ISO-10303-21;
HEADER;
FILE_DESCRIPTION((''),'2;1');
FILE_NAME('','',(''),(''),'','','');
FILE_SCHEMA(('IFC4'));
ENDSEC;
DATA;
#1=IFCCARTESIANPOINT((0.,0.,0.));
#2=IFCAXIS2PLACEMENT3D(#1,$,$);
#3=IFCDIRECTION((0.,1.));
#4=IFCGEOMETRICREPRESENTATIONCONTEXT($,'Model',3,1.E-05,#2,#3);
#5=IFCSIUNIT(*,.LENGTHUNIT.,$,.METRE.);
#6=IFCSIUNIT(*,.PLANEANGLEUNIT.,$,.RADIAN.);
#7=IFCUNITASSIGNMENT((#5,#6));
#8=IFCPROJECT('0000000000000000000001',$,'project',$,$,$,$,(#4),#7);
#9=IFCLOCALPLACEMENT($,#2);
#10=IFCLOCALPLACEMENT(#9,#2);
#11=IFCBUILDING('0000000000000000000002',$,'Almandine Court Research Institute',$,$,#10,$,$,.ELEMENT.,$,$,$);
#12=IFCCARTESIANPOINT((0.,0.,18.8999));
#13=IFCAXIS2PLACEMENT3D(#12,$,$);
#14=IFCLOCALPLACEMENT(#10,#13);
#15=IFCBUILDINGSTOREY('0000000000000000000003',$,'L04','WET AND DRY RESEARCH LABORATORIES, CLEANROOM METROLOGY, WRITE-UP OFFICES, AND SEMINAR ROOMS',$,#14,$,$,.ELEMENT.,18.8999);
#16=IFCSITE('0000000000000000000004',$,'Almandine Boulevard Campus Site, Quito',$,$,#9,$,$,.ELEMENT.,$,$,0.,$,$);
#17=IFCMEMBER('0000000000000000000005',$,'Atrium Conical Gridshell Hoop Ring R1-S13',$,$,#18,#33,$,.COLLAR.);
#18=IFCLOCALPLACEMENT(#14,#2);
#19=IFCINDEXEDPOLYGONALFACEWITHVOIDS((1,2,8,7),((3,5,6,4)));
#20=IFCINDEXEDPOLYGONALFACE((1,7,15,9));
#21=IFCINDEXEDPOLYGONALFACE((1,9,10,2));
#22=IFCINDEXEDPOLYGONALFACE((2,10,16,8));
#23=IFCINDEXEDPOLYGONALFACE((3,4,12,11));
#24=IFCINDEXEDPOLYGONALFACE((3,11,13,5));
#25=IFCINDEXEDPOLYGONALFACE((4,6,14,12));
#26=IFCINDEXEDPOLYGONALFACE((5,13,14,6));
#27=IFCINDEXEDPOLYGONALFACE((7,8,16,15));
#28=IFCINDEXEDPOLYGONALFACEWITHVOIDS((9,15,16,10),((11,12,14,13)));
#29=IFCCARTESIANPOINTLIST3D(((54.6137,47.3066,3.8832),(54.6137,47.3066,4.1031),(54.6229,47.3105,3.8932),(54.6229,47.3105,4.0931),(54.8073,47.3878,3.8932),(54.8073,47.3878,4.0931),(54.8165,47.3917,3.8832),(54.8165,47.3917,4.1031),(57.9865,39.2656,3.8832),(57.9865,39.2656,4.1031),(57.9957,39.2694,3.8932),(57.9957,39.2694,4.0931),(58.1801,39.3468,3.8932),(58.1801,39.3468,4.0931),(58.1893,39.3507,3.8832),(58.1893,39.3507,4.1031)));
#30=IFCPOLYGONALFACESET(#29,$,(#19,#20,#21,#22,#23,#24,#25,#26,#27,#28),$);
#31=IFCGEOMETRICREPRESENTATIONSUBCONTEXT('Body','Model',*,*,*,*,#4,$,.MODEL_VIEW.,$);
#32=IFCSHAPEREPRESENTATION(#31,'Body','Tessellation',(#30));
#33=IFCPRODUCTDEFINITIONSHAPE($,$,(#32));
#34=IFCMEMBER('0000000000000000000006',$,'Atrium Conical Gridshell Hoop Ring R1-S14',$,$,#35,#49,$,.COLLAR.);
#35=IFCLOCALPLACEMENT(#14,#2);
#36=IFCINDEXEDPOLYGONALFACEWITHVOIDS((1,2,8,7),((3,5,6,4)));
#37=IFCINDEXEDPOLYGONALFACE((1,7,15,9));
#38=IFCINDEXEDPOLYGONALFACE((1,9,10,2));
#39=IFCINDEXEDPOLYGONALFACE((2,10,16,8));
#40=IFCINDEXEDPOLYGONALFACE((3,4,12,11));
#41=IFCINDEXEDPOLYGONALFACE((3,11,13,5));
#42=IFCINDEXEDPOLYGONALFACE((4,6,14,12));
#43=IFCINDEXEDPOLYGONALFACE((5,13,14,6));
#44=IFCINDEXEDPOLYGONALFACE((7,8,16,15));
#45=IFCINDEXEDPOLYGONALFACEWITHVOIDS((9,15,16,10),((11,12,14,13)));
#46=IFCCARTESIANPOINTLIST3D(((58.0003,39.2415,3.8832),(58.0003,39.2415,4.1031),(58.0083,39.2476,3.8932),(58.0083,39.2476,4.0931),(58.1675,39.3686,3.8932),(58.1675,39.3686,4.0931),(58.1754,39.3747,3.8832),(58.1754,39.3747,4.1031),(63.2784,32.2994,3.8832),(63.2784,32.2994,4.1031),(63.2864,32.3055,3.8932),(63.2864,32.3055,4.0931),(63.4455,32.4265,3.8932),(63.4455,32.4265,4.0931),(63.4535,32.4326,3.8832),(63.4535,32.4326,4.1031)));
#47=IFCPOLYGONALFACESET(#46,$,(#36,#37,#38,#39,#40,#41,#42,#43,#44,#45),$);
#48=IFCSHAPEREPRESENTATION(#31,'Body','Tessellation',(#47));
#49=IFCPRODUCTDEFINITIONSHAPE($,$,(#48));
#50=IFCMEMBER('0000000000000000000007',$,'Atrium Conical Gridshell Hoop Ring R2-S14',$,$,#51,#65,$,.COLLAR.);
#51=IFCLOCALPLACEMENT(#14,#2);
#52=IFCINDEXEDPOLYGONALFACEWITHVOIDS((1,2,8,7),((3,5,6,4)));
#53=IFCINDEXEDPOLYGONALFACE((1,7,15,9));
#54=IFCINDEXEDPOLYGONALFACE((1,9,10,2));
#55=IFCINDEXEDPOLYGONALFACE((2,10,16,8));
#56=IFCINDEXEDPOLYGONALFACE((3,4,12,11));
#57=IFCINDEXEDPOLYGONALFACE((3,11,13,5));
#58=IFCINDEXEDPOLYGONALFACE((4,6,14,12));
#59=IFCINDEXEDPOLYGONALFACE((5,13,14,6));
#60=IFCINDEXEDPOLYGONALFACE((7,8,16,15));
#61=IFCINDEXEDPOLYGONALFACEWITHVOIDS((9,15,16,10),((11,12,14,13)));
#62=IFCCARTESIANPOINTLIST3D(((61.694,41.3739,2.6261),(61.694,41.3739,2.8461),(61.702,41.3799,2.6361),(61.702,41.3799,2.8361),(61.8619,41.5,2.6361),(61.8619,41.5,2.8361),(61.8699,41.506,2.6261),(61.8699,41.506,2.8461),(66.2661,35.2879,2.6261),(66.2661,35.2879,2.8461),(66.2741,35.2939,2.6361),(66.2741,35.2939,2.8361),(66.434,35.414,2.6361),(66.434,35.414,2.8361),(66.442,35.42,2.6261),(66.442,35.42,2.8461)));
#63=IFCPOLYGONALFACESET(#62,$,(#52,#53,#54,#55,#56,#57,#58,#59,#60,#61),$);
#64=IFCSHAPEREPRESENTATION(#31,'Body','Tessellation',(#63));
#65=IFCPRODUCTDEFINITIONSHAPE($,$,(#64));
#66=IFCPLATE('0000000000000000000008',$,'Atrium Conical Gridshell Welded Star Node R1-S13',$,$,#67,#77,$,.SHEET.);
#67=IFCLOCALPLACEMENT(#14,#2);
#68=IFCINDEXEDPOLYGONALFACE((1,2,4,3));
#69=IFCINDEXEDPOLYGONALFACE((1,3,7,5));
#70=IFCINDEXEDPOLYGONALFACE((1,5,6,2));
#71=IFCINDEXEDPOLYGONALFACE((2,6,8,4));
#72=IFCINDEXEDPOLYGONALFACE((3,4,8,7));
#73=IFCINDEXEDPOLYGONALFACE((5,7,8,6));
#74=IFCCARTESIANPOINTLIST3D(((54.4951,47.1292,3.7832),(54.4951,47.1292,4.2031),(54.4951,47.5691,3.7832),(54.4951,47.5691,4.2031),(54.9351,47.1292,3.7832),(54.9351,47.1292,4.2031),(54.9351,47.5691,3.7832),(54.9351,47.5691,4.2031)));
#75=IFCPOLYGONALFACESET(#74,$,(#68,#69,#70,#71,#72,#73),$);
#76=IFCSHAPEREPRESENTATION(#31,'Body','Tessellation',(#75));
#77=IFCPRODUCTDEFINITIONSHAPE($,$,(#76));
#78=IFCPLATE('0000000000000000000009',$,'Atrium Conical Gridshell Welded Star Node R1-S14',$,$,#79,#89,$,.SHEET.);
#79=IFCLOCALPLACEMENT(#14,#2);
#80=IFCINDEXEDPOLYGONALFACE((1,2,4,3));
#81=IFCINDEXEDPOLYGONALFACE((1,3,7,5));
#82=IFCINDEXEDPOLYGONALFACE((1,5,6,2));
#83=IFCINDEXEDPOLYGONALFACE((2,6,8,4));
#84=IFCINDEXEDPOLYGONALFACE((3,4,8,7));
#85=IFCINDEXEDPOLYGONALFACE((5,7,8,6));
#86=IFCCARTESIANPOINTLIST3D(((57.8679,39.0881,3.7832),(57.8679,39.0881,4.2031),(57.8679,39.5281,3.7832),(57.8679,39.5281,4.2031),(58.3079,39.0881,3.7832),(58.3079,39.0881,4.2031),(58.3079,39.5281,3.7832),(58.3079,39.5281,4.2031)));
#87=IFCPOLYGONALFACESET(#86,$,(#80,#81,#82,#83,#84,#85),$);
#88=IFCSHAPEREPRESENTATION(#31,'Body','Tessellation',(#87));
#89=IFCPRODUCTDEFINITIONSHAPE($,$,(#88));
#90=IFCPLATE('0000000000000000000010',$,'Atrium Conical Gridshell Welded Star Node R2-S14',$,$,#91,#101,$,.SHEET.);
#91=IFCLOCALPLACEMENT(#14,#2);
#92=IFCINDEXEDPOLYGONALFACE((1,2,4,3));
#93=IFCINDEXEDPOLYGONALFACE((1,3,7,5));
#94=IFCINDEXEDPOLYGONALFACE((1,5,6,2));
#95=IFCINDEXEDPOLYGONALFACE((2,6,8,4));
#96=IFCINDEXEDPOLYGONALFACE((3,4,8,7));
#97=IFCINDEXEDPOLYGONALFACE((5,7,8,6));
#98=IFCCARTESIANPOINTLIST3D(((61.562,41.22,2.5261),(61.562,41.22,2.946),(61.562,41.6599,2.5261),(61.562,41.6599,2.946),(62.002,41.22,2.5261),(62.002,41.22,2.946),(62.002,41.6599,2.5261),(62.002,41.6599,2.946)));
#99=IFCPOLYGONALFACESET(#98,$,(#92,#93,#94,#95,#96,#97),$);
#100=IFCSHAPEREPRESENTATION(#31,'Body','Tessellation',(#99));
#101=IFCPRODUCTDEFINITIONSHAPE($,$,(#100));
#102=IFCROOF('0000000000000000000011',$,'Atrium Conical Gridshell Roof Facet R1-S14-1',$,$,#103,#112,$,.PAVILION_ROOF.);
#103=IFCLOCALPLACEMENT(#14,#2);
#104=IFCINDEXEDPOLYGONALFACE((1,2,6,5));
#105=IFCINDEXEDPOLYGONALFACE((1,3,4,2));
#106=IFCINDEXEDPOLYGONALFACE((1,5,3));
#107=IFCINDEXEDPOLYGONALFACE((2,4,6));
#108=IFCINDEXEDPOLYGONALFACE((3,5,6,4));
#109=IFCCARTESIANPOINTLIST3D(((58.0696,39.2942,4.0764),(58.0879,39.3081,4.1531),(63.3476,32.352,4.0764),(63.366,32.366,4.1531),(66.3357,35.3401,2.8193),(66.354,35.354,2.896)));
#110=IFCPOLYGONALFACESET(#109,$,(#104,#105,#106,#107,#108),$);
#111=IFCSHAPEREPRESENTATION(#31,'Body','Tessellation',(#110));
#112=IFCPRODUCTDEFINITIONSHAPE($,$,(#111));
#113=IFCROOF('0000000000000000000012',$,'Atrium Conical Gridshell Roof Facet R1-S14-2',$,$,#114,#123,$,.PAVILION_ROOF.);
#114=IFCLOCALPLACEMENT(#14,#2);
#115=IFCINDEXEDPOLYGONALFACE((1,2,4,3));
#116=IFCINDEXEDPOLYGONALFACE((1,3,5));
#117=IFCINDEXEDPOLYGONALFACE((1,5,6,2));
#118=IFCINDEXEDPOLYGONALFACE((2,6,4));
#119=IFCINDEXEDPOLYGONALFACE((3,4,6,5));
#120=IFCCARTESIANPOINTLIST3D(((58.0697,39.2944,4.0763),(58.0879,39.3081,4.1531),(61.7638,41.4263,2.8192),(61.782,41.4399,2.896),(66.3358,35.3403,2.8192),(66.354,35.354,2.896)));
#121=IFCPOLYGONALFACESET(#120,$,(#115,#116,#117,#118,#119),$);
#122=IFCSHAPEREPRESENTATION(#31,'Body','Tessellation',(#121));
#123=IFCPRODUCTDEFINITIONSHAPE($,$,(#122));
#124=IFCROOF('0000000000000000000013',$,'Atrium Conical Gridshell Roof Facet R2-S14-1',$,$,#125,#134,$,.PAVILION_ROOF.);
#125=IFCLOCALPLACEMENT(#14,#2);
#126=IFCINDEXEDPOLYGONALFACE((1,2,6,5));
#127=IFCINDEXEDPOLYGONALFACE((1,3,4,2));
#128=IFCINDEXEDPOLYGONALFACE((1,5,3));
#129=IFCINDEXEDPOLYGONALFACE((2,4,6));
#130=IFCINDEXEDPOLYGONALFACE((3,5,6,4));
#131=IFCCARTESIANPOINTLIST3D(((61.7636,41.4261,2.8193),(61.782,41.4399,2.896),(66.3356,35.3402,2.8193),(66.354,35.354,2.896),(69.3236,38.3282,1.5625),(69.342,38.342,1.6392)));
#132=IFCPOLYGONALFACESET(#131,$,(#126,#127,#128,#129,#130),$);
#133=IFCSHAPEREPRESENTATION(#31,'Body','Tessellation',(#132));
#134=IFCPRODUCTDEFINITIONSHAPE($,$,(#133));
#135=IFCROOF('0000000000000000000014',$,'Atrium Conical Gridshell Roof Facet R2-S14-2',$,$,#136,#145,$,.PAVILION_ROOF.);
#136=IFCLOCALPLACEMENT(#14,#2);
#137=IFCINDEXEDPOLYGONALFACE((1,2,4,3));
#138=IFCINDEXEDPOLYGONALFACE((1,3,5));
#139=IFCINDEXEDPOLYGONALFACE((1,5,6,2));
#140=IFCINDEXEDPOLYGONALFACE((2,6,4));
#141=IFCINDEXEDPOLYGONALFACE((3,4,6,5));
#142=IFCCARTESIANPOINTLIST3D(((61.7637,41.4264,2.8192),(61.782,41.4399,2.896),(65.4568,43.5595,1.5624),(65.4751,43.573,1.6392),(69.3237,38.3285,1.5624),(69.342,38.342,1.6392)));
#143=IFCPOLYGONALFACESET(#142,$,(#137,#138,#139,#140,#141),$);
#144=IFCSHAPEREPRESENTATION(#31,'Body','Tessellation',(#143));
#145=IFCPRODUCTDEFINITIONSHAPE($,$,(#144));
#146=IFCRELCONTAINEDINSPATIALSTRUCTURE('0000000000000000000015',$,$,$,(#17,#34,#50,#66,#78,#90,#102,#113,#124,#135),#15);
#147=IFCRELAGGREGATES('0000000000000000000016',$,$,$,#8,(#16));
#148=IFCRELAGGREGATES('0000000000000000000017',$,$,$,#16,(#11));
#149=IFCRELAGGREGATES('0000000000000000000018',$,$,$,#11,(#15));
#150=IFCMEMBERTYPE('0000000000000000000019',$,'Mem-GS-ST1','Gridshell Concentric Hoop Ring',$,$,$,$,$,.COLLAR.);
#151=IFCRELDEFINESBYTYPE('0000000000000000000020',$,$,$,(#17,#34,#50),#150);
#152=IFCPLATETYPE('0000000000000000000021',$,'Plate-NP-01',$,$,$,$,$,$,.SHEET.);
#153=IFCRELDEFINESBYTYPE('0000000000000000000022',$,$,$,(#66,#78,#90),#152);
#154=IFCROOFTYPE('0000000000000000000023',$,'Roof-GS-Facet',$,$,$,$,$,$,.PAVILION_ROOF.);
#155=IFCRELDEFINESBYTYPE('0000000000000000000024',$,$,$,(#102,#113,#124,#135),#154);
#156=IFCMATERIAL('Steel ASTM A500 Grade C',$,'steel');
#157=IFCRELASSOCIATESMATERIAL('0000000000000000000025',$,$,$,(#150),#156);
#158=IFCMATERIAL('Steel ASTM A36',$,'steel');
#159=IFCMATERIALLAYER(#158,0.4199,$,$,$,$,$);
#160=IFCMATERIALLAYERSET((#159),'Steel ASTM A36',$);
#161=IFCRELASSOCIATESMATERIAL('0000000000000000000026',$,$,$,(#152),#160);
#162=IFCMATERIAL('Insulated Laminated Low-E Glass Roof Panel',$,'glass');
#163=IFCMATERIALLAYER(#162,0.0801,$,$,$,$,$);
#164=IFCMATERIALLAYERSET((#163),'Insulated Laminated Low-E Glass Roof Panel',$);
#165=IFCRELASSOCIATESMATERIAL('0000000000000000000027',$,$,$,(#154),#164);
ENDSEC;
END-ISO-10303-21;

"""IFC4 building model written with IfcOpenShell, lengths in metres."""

from ifc_helpers import new_model, si_unit, direction, frame, origin, origin_2d, place, context, subcontext, project, spatial, polyline, rectangle, hollow_rectangle, outline, extrude, material, layer, layer_set, material_profile, profile_set, type_object, element, save


model = new_model("IFC4")

# Units and contexts
model_context = context("Model", 3, precision=1e-05, world=origin(), true_north=direction((0.0, 1.0)))
body_context = subcontext(model_context, "Body", "Model", "MODEL_VIEW")
ifc_project = project(units=[si_unit("LENGTHUNIT", "METRE"), si_unit("PLANEANGLEUNIT", "RADIAN")], contexts=[model_context])

# Site, building, storey
site_placement = place(None, origin())
site = spatial("IfcSite", under=ifc_project, at=site_placement, Name="Almandine Boulevard Campus Site, Quito", CompositionType="ELEMENT", RefElevation=0.0)
building_placement = place(site_placement, origin())
building = spatial("IfcBuilding", under=site, at=building_placement, Name="Almandine Court Research Institute", CompositionType="ELEMENT")
storey_placement = place(building_placement, frame((0.0, 0.0, 18.8999)))
storey = spatial("IfcBuildingStorey", under=building, at=storey_placement, Name="L04", Description="WET AND DRY RESEARCH LABORATORIES, CLEANROOM METROLOGY, WRITE-UP OFFICES, AND SEMINAR ROOMS", CompositionType="ELEMENT", Elevation=18.8999)

# Shared definitions
ifc_material_1 = material(Name="Steel ASTM A500 Grade C", Category="steel")

# Members
ifc_material_profile_1 = material_profile(ifc_material_1, hollow_rectangle(XDim=0.22, YDim=0.22, WallThickness=0.01, at=origin_2d()), Name="HSS 220x220x10")
ifc_profile_set_1 = profile_set([ifc_material_profile_1], Name="Steel ASTM A500 Grade C")
member_type_1 = type_object("IfcMemberType", Name="Mem-GS-ST1", Description="Gridshell Concentric Hoop Ring", PredefinedType="COLLAR", material=ifc_profile_set_1)
member_1_placement = place(storey_placement, frame((54.7151, 47.3491, 3.9932), z_axis=(0.386801, -0.922163, 0.0), x_axis=(0.922163, 0.386801, 0.0)))
element("IfcMember", 1, at=member_1_placement, inside=storey, type_object=member_type_1, Name="Atrium Conical Gridshell Hoop Ring R1-S13", PredefinedType="COLLAR", context=body_context, shape_type="SweptSolid", body=[
    extrude(hollow_rectangle(XDim=0.22, YDim=0.22, WallThickness=0.01, at=origin_2d()), origin(), (0.0, 0.0, 1.0), 8.7197),
])
member_2_placement = place(storey_placement, frame((58.0879, 39.3081, 3.9932), z_axis=(0.605232, -0.796049, 0.0), x_axis=(0.796049, 0.605232, 0.0)))
element("IfcMember", 2, at=member_2_placement, inside=storey, type_object=member_type_1, Name="Atrium Conical Gridshell Hoop Ring R1-S14", PredefinedType="COLLAR", context=body_context, shape_type="SweptSolid", body=[
    extrude(hollow_rectangle(XDim=0.22, YDim=0.22, WallThickness=0.01, at=origin_2d()), origin(), (0.0, 0.0, 1.0), 8.7207),
])
member_3_placement = place(storey_placement, frame((61.782, 41.4399, 2.7361), z_axis=(0.600636, -0.799522, 0.0), x_axis=(0.799522, 0.600636, 0.0)))
element("IfcMember", 3, at=member_3_placement, inside=storey, type_object=member_type_1, Name="Atrium Conical Gridshell Hoop Ring R2-S14", PredefinedType="COLLAR", context=body_context, shape_type="SweptSolid", body=[
    extrude(hollow_rectangle(XDim=0.22, YDim=0.22, WallThickness=0.01, at=origin_2d()), origin(), (0.0, 0.0, 1.0), 7.6121),
])

# Plates
ifc_material_2 = material(Name="Steel ASTM A36", Category="steel")
ifc_layer_1 = layer(ifc_material_2, 0.4199)
ifc_layer_set_1 = layer_set([ifc_layer_1], Name="Steel ASTM A36")
plate_type = type_object("IfcPlateType", Name="Plate-NP-01", PredefinedType="SHEET", material=ifc_layer_set_1)
for number, where, z_axis, x_axis, name in (
    (4, (54.7151, 47.3491, 3.7832), (0.0, 0.0, 1.0), (1.0, 0.0, 0.0), "Atrium Conical Gridshell Welded Star Node R1-S13"),
    (5, (58.0879, 39.3081, 3.7832), (0.0, 0.0, 1.0), (1.0, 0.0, 0.0), "Atrium Conical Gridshell Welded Star Node R1-S14"),
    (6, (61.782, 41.4399, 2.5261), (0.0, 0.0, 1.0), (1.0, 0.0, 0.0), "Atrium Conical Gridshell Welded Star Node R2-S14"),
):
    element("IfcPlate", number, at=place(storey_placement, frame(where, z_axis=z_axis, x_axis=x_axis)), inside=storey, type_object=plate_type, Name=name, PredefinedType="SHEET", context=body_context, shape_type="SweptSolid", body=[
        extrude(rectangle(XDim=0.4399, YDim=0.4399, at=origin_2d()), origin(), (0.0, 0.0, 1.0), 0.4199),
    ])

# Roofs
ifc_material_3 = material(Name="Insulated Laminated Low-E Glass Roof Panel", Category="glass")
ifc_layer_2 = layer(ifc_material_3, 0.0801)
ifc_layer_set_2 = layer_set([ifc_layer_2], Name="Insulated Laminated Low-E Glass Roof Panel")
roof_type = type_object("IfcRoofType", Name="Roof-GS-Facet", PredefinedType="PAVILION_ROOF", material=ifc_layer_set_2)
roof_1_placement = place(storey_placement, frame((58.0879, 39.3081, 4.1531), z_axis=(0.228903, 0.174034, 0.957766), x_axis=(0.605232, -0.796049, 0.0)))
element("IfcRoof", 7, at=roof_1_placement, inside=storey, type_object=roof_type, Name="Atrium Conical Gridshell Roof Facet R1-S14-1", PredefinedType="PAVILION_ROOF", context=body_context, shape_type="SweptSolid", body=[
    extrude(outline(polyline([(0.0, 0.0), (8.7207, 0.0), (8.1506, 4.3717), (0.0, 0.0)])), origin(), (0.0, 0.0, -1.0), 0.0801),
])
roof_2_placement = place(storey_placement, frame((58.0879, 39.3081, 4.1531), z_axis=(0.227563, 0.170955, 0.958639), x_axis=(0.893732, -0.427517, -0.135915)))
element("IfcRoof", 8, at=roof_2_placement, inside=storey, type_object=roof_type, Name="Atrium Conical Gridshell Roof Facet R1-S14-2", PredefinedType="PAVILION_ROOF", context=body_context, shape_type="SweptSolid", body=[
    extrude(outline(polyline([(0.0, 0.0), (9.249, 0.0), (2.561, 3.6349), (0.0, 0.0)])), origin(), (0.0, 0.0, -1.0), 0.0801),
])
roof_3_placement = place(storey_placement, frame((61.782, 41.4399, 2.896), z_axis=(0.23003, 0.172808, 0.957718), x_axis=(0.600636, -0.799522, 0.0)))
element("IfcRoof", 9, at=roof_3_placement, inside=storey, type_object=roof_type, Name="Atrium Conical Gridshell Roof Facet R2-S14-1", PredefinedType="PAVILION_ROOF", context=body_context, shape_type="SweptSolid", body=[
    extrude(outline(polyline([(0.0, 0.0), (7.612, 0.0), (7.0177, 4.3684), (0.0, 0.0)])), origin(), (0.0, 0.0, -1.0), 0.0801),
])
roof_4_placement = place(storey_placement, frame((61.782, 41.4399, 2.896), z_axis=(0.228647, 0.169025, 0.958724), x_axis=(0.914568, -0.374764, -0.152044)))
element("IfcRoof", 10, at=roof_4_placement, inside=storey, type_object=roof_type, Name="Atrium Conical Gridshell Roof Facet R2-S14-2", PredefinedType="PAVILION_ROOF", context=body_context, shape_type="SweptSolid", body=[
    extrude(outline(polyline([(0.0, 0.0), (8.2663, 0.0), (2.7693, 3.4785), (0.0, 0.0)])), origin(), (0.0, 0.0, -1.0), 0.0801),
])

save(model, "model.ifc")
